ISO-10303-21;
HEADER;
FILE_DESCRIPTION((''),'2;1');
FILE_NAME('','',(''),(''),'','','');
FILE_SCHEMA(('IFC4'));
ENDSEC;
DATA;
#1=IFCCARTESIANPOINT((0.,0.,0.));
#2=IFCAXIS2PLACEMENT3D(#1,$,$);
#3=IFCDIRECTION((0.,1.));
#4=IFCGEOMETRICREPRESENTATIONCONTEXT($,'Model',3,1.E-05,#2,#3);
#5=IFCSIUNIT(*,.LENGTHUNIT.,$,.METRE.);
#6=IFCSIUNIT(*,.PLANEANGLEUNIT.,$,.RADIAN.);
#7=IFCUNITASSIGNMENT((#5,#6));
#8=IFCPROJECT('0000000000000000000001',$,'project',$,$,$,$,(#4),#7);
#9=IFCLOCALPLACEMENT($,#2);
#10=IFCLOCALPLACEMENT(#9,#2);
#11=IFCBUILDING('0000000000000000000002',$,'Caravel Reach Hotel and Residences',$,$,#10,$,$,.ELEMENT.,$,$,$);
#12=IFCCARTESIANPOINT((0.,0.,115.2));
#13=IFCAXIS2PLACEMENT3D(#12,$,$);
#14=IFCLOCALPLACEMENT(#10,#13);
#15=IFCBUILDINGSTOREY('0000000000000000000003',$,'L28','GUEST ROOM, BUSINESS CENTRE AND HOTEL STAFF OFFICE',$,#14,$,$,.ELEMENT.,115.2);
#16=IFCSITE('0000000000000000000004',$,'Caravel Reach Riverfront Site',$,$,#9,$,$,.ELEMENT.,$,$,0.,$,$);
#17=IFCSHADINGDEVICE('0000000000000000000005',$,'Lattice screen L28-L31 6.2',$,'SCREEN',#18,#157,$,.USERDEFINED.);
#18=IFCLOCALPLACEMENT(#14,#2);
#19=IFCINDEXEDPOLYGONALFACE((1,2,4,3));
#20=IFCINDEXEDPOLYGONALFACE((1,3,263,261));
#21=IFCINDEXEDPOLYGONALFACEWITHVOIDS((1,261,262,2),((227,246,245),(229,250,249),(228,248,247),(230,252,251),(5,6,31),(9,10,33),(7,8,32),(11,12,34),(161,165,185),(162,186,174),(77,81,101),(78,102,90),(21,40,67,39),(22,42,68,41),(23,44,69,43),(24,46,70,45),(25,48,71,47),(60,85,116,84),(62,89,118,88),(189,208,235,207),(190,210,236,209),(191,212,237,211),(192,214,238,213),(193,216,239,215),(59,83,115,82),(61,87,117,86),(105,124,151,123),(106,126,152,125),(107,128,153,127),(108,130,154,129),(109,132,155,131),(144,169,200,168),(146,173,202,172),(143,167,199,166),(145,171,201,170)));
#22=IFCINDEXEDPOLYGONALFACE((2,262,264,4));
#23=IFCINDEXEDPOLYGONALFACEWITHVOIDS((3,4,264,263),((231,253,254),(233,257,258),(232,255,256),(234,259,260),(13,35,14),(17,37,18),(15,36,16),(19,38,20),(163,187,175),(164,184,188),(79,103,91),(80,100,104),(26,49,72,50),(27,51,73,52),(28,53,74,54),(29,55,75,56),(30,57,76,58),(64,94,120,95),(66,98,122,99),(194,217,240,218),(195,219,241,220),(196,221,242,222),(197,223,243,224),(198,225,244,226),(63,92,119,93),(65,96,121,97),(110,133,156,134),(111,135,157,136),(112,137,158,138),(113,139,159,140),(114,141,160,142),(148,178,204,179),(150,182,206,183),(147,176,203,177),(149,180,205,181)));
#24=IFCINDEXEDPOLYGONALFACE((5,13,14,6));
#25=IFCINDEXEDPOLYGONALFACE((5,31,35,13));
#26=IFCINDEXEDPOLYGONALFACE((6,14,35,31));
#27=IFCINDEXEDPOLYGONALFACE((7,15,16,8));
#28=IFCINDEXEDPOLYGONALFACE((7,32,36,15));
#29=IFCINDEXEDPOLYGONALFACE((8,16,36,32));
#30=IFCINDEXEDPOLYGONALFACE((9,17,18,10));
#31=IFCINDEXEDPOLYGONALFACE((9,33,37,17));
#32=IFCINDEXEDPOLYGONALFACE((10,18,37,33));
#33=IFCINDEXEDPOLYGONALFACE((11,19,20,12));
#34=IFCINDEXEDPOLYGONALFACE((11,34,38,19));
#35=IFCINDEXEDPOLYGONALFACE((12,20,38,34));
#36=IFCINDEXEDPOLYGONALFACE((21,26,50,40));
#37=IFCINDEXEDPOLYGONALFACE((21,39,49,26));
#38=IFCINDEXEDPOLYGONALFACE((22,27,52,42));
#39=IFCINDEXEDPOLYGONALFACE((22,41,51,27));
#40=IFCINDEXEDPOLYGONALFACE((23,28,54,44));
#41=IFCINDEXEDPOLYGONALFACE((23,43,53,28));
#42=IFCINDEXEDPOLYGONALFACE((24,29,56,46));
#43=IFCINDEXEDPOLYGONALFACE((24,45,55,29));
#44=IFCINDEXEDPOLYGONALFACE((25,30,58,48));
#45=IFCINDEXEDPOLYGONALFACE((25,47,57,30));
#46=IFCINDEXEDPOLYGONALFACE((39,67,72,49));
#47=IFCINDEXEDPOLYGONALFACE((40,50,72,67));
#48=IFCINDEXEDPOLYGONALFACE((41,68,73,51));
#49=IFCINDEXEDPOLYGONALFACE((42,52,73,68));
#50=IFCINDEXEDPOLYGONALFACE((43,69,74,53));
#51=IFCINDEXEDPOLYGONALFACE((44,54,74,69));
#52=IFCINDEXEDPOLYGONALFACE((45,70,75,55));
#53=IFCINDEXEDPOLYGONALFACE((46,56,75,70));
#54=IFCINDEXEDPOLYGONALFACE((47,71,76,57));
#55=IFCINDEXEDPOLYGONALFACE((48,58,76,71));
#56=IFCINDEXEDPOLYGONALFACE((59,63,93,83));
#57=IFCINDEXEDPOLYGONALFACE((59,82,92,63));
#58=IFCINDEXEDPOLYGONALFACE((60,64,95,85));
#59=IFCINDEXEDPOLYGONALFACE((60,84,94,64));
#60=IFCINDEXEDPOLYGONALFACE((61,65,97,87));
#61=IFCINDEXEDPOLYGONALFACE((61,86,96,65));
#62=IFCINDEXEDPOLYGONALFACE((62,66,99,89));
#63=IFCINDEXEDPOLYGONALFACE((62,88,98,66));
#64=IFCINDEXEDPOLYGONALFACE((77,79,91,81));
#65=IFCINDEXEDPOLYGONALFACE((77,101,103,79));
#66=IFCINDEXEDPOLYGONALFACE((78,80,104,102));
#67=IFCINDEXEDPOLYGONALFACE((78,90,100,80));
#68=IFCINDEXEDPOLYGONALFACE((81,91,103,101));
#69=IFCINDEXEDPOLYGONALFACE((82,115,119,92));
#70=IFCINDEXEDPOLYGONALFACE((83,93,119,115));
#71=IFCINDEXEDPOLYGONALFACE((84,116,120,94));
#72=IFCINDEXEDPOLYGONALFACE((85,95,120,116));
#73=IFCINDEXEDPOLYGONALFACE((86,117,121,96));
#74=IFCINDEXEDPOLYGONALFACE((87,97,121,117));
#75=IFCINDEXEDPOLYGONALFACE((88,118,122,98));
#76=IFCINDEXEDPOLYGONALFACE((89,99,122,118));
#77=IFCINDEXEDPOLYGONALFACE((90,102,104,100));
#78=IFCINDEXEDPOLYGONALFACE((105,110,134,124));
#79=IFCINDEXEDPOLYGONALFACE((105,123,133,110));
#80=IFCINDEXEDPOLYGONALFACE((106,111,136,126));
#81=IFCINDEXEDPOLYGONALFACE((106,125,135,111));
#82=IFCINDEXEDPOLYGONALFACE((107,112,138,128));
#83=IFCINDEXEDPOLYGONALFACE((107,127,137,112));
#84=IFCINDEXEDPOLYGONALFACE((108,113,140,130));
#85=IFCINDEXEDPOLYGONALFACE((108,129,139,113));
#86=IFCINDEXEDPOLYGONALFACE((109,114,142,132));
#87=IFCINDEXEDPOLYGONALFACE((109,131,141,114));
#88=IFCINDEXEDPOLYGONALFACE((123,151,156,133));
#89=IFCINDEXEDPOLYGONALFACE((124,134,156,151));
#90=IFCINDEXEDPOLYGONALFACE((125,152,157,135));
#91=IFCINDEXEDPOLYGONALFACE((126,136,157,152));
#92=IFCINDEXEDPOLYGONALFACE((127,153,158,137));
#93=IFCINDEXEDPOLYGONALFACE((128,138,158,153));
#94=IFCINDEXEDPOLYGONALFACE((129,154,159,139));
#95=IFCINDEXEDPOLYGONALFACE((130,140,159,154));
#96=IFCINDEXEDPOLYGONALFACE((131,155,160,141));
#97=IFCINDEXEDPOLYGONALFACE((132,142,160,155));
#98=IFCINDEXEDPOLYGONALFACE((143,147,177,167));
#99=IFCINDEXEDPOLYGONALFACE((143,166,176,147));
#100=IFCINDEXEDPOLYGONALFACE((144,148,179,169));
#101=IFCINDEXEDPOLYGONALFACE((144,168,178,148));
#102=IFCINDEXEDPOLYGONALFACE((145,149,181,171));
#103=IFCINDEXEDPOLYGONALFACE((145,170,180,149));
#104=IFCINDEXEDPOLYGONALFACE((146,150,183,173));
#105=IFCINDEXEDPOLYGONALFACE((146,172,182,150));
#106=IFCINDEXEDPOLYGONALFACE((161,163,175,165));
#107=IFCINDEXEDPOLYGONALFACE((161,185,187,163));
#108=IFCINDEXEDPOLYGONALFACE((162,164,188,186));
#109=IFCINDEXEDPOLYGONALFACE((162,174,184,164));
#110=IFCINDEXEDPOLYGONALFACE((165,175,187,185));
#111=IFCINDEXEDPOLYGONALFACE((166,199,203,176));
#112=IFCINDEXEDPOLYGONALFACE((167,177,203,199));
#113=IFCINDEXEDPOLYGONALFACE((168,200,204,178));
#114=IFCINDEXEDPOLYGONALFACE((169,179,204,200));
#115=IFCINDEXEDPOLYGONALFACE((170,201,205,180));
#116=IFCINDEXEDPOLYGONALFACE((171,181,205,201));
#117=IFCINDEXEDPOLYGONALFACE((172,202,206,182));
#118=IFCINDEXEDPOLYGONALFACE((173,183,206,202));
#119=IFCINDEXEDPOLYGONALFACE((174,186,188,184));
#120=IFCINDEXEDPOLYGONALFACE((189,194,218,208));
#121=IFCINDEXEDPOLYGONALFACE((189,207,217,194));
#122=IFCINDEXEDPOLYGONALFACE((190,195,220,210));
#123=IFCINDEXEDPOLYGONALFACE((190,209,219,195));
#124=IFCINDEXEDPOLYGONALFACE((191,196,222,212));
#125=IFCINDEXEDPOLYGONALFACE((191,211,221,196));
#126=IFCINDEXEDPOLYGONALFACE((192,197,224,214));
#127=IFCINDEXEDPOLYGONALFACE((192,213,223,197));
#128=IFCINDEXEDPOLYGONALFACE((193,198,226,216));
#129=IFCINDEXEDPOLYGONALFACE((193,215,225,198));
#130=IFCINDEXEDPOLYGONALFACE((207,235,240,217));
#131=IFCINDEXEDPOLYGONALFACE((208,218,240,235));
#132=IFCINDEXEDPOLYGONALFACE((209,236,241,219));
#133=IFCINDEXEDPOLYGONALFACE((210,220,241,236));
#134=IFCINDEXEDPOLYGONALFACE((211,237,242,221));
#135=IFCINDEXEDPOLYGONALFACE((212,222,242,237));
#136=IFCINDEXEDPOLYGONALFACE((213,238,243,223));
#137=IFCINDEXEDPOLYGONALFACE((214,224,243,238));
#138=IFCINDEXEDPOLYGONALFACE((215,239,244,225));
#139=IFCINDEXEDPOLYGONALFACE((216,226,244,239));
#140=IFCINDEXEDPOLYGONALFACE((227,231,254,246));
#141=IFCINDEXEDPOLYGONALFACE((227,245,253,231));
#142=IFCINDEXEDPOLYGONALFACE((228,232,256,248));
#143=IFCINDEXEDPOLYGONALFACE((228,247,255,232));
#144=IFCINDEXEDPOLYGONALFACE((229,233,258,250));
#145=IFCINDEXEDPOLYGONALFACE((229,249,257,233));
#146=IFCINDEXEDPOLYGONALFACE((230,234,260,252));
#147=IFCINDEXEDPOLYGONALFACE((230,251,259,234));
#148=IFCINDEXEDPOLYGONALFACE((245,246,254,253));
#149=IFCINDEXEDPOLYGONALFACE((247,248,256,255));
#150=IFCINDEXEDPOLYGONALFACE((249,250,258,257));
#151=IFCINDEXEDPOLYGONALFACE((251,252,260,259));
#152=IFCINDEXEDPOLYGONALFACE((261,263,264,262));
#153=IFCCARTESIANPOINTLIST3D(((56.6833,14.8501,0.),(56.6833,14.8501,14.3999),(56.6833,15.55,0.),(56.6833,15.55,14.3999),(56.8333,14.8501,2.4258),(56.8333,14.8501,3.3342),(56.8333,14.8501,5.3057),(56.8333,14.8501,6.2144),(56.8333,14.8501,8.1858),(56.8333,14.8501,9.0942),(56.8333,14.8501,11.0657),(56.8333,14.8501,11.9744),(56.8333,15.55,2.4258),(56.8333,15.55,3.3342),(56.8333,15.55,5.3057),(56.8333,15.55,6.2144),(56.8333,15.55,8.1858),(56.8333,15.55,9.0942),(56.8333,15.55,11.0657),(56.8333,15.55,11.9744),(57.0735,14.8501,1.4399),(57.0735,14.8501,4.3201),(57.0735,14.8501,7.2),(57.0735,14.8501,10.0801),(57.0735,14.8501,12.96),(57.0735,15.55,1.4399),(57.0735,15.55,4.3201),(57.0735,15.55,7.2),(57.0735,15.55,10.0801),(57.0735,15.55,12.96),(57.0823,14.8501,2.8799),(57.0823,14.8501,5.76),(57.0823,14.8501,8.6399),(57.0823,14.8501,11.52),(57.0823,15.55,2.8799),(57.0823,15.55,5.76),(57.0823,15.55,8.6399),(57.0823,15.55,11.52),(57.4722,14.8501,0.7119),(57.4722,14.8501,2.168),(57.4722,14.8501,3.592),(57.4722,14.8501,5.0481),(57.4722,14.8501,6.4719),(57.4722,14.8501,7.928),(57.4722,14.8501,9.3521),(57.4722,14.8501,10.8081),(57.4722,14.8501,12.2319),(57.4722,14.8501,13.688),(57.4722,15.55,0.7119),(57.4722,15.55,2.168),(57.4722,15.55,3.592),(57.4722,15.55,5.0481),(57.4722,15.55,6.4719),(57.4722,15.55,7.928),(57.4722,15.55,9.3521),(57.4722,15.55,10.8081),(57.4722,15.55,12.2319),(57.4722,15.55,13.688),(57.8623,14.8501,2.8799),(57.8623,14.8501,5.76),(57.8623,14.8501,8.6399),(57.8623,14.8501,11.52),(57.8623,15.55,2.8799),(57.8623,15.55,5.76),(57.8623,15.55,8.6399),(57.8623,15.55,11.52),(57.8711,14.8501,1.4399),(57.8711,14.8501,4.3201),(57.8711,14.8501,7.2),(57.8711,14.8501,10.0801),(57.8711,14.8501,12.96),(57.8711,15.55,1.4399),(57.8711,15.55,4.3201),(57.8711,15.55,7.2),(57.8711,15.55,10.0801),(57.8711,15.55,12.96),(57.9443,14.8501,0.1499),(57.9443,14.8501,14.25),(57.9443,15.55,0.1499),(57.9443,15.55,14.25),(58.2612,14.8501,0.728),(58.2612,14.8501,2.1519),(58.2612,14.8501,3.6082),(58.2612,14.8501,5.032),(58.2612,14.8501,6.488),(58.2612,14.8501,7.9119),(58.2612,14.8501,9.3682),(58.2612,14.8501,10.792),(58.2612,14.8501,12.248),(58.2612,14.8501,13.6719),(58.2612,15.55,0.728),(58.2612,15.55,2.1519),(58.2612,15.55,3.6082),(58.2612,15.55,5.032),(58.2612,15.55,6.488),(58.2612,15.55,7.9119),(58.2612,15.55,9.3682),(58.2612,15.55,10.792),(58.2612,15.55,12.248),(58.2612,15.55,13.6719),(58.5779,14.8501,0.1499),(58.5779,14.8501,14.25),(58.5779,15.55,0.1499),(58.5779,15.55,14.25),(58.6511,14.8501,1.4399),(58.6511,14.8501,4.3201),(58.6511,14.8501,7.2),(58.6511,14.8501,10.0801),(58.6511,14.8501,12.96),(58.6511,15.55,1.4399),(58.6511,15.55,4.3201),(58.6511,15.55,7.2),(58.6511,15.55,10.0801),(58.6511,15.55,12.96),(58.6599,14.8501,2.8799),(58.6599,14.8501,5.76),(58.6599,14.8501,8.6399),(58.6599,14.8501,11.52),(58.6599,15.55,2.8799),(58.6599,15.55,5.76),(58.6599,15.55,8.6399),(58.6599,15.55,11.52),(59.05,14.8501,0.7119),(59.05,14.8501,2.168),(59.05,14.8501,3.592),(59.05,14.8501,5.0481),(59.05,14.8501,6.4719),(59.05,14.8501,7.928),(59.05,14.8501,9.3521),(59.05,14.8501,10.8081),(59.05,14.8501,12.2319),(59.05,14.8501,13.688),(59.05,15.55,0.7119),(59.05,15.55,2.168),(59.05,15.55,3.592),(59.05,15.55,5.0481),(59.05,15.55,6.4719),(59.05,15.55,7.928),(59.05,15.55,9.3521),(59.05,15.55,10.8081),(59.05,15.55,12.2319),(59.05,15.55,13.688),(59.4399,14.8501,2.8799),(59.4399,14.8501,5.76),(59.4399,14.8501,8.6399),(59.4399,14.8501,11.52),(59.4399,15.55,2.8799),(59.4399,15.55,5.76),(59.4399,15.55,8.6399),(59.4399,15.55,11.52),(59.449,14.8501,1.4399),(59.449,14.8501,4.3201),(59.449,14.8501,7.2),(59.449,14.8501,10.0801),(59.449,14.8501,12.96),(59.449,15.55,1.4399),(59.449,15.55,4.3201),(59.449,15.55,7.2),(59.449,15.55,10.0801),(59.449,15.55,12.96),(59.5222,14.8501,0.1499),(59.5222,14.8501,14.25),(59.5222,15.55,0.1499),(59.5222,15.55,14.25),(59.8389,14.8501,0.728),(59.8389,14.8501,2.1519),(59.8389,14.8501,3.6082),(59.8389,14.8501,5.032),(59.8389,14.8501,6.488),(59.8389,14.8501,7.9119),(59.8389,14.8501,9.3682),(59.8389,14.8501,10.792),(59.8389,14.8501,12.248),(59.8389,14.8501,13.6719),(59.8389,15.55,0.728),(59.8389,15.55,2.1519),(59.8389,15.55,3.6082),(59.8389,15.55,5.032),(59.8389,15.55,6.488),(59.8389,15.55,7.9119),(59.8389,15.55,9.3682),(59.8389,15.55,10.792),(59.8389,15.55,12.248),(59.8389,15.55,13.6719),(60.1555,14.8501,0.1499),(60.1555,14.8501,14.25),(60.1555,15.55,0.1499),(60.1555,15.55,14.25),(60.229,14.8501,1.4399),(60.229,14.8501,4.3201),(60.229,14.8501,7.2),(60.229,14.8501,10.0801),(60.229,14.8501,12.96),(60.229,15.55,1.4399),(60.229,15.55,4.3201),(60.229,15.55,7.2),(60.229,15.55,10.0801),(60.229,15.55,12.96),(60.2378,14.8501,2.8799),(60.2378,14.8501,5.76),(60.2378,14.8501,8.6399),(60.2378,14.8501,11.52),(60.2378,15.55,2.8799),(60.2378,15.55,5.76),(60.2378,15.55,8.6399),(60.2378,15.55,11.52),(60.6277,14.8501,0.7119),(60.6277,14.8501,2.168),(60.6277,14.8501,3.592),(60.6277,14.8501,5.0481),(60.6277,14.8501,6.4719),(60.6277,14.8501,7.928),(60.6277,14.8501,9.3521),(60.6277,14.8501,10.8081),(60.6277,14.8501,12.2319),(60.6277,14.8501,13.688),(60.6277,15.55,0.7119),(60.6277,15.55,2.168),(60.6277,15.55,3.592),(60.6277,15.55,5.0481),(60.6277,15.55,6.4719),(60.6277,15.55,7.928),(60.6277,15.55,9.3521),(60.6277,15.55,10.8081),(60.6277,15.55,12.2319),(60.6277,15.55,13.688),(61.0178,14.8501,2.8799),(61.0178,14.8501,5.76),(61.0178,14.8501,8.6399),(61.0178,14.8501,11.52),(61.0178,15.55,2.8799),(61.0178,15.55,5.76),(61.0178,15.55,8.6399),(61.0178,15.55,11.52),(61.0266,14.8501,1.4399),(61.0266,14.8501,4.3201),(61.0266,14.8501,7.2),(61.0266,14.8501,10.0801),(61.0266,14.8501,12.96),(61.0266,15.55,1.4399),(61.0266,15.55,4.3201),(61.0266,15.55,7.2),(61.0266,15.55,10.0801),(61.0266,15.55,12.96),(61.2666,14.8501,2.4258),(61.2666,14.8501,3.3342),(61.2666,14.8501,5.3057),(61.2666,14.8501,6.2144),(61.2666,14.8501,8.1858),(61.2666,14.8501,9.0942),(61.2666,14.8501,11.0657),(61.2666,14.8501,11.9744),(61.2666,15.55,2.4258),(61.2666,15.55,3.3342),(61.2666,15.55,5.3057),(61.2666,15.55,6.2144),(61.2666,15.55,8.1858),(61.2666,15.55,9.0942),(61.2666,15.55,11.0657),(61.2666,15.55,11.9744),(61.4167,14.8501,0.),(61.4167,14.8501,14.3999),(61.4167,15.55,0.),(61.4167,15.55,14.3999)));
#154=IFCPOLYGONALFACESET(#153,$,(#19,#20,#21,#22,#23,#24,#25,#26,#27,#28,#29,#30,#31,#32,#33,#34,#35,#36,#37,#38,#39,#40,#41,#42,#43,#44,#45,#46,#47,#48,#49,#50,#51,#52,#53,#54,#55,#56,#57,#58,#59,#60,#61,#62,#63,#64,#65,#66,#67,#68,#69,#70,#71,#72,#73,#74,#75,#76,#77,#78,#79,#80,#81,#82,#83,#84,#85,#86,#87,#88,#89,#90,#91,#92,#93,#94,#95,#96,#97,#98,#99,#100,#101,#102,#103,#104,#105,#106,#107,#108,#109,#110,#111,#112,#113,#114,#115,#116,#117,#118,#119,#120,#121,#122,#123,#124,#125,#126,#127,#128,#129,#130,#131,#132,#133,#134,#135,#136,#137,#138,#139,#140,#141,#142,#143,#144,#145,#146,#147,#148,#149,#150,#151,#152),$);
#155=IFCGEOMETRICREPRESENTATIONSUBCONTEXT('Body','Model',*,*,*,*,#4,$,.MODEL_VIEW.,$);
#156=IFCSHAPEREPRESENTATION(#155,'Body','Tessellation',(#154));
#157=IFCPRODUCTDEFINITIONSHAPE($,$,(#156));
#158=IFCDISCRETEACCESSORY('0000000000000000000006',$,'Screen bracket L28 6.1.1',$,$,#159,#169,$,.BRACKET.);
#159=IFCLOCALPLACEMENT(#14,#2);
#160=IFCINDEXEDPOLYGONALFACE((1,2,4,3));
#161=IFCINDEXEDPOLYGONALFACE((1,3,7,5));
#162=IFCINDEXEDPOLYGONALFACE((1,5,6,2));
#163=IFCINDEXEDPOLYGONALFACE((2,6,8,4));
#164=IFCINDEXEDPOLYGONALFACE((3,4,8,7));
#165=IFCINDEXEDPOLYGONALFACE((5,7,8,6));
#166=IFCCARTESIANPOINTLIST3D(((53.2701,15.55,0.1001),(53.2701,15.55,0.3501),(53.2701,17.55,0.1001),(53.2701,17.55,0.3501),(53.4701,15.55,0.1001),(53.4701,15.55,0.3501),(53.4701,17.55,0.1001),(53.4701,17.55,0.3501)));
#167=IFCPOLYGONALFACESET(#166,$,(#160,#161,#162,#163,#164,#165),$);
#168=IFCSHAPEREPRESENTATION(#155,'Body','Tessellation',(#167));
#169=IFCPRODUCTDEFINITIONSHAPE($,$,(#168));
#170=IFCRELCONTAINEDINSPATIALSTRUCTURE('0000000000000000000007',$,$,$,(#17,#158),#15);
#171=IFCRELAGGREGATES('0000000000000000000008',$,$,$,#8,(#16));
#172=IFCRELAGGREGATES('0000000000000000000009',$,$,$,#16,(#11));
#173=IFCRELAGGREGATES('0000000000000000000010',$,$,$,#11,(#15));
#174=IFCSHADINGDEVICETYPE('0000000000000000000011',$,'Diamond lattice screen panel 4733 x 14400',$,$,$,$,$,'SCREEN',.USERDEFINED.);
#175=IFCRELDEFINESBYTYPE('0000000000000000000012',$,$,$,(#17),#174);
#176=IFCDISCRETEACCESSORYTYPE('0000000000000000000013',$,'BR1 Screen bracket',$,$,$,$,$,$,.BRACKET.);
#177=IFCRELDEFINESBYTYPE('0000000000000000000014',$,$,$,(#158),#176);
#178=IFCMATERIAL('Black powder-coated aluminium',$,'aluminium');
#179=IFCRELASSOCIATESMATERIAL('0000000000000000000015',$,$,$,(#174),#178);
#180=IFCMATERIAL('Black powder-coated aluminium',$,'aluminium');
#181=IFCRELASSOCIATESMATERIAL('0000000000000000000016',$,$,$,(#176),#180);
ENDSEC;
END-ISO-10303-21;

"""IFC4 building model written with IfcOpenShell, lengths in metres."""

from ifc_helpers import new_model, si_unit, direction, frame, origin, origin_2d, place, context, subcontext, project, spatial, polyline, rectangle, outline, extrude, material, type_object, element, save


model = new_model("IFC4")

# Units and contexts
model_context = context("Model", 3, precision=1e-05, world=origin(), true_north=direction((0.0, 1.0)))
body_context = subcontext(model_context, "Body", "Model", "MODEL_VIEW")
ifc_project = project(units=[si_unit("LENGTHUNIT", "METRE"), si_unit("PLANEANGLEUNIT", "RADIAN")], contexts=[model_context])

# Site, building, storey
site_placement = place(None, origin())
site = spatial("IfcSite", under=ifc_project, at=site_placement, Name="Caravel Reach Riverfront Site", CompositionType="ELEMENT", RefElevation=0.0)
building_placement = place(site_placement, origin())
building = spatial("IfcBuilding", under=site, at=building_placement, Name="Caravel Reach Hotel and Residences", CompositionType="ELEMENT")
storey_placement = place(building_placement, frame((0.0, 0.0, 115.2)))
storey = spatial("IfcBuildingStorey", under=building, at=storey_placement, Name="L28", Description="GUEST ROOM, BUSINESS CENTRE AND HOTEL STAFF OFFICE", CompositionType="ELEMENT", Elevation=115.2)

# Shading device
ifc_material_1 = material(Name="Black powder-coated aluminium", Category="aluminium")
shading_device_type = type_object("IfcShadingDeviceType", Name="Diamond lattice screen panel 4733 x 14400", ElementType="SCREEN", PredefinedType="USERDEFINED", material=ifc_material_1)
shading_device_1_placement = place(storey_placement, frame((56.6833, 15.55, 0.0), z_axis=(0.0, -1.0, 0.0), x_axis=(1.0, 0.0, 0.0)))
element("IfcShadingDevice", 1, at=shading_device_1_placement, inside=storey, type_object=shading_device_type, Name="Lattice screen L28-L31 6.2", ObjectType="SCREEN", PredefinedType="USERDEFINED", context=body_context, shape_type="SweptSolid", body=[
    extrude(outline(polyline([(0.0, 0.0), (4.7334, 0.0), (4.7334, 14.3999), (0.0, 14.3999), (0.0, 0.0)]), holes=[polyline([(0.3989, 2.8799), (0.1499, 3.3342), (0.1499, 2.4258), (0.3989, 2.8799)]), polyline([(0.3989, 5.76), (0.1499, 6.2144), (0.1499, 5.3057), (0.3989, 5.76)]), polyline([(0.3989, 8.6399), (0.1499, 9.0942), (0.1499, 8.1858), (0.3989, 8.6399)]), polyline([(0.3989, 11.52), (0.1499, 11.9744), (0.1499, 11.0657), (0.3989, 11.52)]), polyline([(0.7888, 2.168), (0.3901, 1.4399), (0.7888, 0.7119), (1.1877, 1.4399), (0.7888, 2.168)]), polyline([(0.7888, 5.0481), (0.3901, 4.3201), (0.7888, 3.592), (1.1877, 4.3201), (0.7888, 5.0481)]), polyline([(0.7888, 7.928), (0.3901, 7.2), (0.7888, 6.4719), (1.1877, 7.2), (0.7888, 7.928)]), polyline([(0.7888, 10.8081), (0.3901, 10.0801), (0.7888, 9.3521), (1.1877, 10.0801), (0.7888, 10.8081)]), polyline([(0.7888, 13.688), (0.3901, 12.96), (0.7888, 12.2319), (1.1877, 12.96), (0.7888, 13.688)]), polyline([(1.5779, 0.728), (1.261, 0.1499), (1.8945, 0.1499), (1.5779, 0.728)]), polyline([(1.5779, 3.6082), (1.179, 2.8799), (1.5779, 2.1519), (1.9766, 2.8799), (1.5779, 3.6082)]), polyline([(1.5779, 6.488), (1.179, 5.76), (1.5779, 5.032), (1.9766, 5.76), (1.5779, 6.488)]), polyline([(1.5779, 9.3682), (1.179, 8.6399), (1.5779, 7.9119), (1.9766, 8.6399), (1.5779, 9.3682)]), polyline([(1.5779, 12.248), (1.179, 11.52), (1.5779, 10.792), (1.9766, 11.52), (1.5779, 12.248)]), polyline([(1.5779, 13.6719), (1.8945, 14.25), (1.261, 14.25), (1.5779, 13.6719)]), polyline([(2.3667, 2.168), (1.9678, 1.4399), (2.3667, 0.7119), (2.7656, 1.4399), (2.3667, 2.168)]), polyline([(2.3667, 5.0481), (1.9678, 4.3201), (2.3667, 3.592), (2.7656, 4.3201), (2.3667, 5.0481)]), polyline([(2.3667, 7.928), (1.9678, 7.2), (2.3667, 6.4719), (2.7656, 7.2), (2.3667, 7.928)]), polyline([(2.3667, 10.8081), (1.9678, 10.0801), (2.3667, 9.3521), (2.7656, 10.0801), (2.3667, 10.8081)]), polyline([(2.3667, 13.688), (1.9678, 12.96), (2.3667, 12.2319), (2.7656, 12.96), (2.3667, 13.688)]), polyline([(3.1555, 0.728), (2.8389, 0.1499), (3.4722, 0.1499), (3.1555, 0.728)]), polyline([(3.1555, 3.6082), (2.7566, 2.8799), (3.1555, 2.1519), (3.5544, 2.8799), (3.1555, 3.6082)]), polyline([(3.1555, 6.488), (2.7566, 5.76), (3.1555, 5.032), (3.5544, 5.76), (3.1555, 6.488)]), polyline([(3.1555, 9.3682), (2.7566, 8.6399), (3.1555, 7.9119), (3.5544, 8.6399), (3.1555, 9.3682)]), polyline([(3.1555, 12.248), (2.7566, 11.52), (3.1555, 10.792), (3.5544, 11.52), (3.1555, 12.248)]), polyline([(3.1555, 13.6719), (3.4722, 14.25), (2.8389, 14.25), (3.1555, 13.6719)]), polyline([(3.9443, 2.168), (3.5457, 1.4399), (3.9443, 0.7119), (4.3433, 1.4399), (3.9443, 2.168)]), polyline([(3.9443, 5.0481), (3.5457, 4.3201), (3.9443, 3.592), (4.3433, 4.3201), (3.9443, 5.0481)]), polyline([(3.9443, 7.928), (3.5457, 7.2), (3.9443, 6.4719), (4.3433, 7.2), (3.9443, 7.928)]), polyline([(3.9443, 10.8081), (3.5457, 10.0801), (3.9443, 9.3521), (4.3433, 10.0801), (3.9443, 10.8081)]), polyline([(3.9443, 13.688), (3.5457, 12.96), (3.9443, 12.2319), (4.3433, 12.96), (3.9443, 13.688)]), polyline([(4.3345, 2.8799), (4.5833, 2.4258), (4.5833, 3.3342), (4.3345, 2.8799)]), polyline([(4.3345, 5.76), (4.5833, 5.3057), (4.5833, 6.2144), (4.3345, 5.76)]), polyline([(4.3345, 8.6399), (4.5833, 8.1858), (4.5833, 9.0942), (4.3345, 8.6399)]), polyline([(4.3345, 11.52), (4.5833, 11.0657), (4.5833, 11.9744), (4.3345, 11.52)])]), origin(), (0.0, 0.0, 1.0), 0.7),
])

# Discrete accessory
ifc_material_2 = material(Name="Black powder-coated aluminium", Category="aluminium")
discrete_accessory_type = type_object("IfcDiscreteAccessoryType", Name="BR1 Screen bracket", PredefinedType="BRACKET", material=ifc_material_2)
for number, where, z_axis, x_axis, name in (
    (2, (53.3701, 16.55, 0.1001), (0.0, 0.0, 1.0), (0.0, -1.0, 0.0), "Screen bracket L28 6.1.1"),
):
    element("IfcDiscreteAccessory", number, at=place(storey_placement, frame(where, z_axis=z_axis, x_axis=x_axis)), inside=storey, type_object=discrete_accessory_type, Name=name, PredefinedType="BRACKET", context=body_context, shape_type="SweptSolid", body=[
        extrude(rectangle(XDim=2.0, YDim=0.2, at=origin_2d()), origin(), (0.0, 0.0, 1.0), 0.25),
    ])

save(model, "model.ifc")
